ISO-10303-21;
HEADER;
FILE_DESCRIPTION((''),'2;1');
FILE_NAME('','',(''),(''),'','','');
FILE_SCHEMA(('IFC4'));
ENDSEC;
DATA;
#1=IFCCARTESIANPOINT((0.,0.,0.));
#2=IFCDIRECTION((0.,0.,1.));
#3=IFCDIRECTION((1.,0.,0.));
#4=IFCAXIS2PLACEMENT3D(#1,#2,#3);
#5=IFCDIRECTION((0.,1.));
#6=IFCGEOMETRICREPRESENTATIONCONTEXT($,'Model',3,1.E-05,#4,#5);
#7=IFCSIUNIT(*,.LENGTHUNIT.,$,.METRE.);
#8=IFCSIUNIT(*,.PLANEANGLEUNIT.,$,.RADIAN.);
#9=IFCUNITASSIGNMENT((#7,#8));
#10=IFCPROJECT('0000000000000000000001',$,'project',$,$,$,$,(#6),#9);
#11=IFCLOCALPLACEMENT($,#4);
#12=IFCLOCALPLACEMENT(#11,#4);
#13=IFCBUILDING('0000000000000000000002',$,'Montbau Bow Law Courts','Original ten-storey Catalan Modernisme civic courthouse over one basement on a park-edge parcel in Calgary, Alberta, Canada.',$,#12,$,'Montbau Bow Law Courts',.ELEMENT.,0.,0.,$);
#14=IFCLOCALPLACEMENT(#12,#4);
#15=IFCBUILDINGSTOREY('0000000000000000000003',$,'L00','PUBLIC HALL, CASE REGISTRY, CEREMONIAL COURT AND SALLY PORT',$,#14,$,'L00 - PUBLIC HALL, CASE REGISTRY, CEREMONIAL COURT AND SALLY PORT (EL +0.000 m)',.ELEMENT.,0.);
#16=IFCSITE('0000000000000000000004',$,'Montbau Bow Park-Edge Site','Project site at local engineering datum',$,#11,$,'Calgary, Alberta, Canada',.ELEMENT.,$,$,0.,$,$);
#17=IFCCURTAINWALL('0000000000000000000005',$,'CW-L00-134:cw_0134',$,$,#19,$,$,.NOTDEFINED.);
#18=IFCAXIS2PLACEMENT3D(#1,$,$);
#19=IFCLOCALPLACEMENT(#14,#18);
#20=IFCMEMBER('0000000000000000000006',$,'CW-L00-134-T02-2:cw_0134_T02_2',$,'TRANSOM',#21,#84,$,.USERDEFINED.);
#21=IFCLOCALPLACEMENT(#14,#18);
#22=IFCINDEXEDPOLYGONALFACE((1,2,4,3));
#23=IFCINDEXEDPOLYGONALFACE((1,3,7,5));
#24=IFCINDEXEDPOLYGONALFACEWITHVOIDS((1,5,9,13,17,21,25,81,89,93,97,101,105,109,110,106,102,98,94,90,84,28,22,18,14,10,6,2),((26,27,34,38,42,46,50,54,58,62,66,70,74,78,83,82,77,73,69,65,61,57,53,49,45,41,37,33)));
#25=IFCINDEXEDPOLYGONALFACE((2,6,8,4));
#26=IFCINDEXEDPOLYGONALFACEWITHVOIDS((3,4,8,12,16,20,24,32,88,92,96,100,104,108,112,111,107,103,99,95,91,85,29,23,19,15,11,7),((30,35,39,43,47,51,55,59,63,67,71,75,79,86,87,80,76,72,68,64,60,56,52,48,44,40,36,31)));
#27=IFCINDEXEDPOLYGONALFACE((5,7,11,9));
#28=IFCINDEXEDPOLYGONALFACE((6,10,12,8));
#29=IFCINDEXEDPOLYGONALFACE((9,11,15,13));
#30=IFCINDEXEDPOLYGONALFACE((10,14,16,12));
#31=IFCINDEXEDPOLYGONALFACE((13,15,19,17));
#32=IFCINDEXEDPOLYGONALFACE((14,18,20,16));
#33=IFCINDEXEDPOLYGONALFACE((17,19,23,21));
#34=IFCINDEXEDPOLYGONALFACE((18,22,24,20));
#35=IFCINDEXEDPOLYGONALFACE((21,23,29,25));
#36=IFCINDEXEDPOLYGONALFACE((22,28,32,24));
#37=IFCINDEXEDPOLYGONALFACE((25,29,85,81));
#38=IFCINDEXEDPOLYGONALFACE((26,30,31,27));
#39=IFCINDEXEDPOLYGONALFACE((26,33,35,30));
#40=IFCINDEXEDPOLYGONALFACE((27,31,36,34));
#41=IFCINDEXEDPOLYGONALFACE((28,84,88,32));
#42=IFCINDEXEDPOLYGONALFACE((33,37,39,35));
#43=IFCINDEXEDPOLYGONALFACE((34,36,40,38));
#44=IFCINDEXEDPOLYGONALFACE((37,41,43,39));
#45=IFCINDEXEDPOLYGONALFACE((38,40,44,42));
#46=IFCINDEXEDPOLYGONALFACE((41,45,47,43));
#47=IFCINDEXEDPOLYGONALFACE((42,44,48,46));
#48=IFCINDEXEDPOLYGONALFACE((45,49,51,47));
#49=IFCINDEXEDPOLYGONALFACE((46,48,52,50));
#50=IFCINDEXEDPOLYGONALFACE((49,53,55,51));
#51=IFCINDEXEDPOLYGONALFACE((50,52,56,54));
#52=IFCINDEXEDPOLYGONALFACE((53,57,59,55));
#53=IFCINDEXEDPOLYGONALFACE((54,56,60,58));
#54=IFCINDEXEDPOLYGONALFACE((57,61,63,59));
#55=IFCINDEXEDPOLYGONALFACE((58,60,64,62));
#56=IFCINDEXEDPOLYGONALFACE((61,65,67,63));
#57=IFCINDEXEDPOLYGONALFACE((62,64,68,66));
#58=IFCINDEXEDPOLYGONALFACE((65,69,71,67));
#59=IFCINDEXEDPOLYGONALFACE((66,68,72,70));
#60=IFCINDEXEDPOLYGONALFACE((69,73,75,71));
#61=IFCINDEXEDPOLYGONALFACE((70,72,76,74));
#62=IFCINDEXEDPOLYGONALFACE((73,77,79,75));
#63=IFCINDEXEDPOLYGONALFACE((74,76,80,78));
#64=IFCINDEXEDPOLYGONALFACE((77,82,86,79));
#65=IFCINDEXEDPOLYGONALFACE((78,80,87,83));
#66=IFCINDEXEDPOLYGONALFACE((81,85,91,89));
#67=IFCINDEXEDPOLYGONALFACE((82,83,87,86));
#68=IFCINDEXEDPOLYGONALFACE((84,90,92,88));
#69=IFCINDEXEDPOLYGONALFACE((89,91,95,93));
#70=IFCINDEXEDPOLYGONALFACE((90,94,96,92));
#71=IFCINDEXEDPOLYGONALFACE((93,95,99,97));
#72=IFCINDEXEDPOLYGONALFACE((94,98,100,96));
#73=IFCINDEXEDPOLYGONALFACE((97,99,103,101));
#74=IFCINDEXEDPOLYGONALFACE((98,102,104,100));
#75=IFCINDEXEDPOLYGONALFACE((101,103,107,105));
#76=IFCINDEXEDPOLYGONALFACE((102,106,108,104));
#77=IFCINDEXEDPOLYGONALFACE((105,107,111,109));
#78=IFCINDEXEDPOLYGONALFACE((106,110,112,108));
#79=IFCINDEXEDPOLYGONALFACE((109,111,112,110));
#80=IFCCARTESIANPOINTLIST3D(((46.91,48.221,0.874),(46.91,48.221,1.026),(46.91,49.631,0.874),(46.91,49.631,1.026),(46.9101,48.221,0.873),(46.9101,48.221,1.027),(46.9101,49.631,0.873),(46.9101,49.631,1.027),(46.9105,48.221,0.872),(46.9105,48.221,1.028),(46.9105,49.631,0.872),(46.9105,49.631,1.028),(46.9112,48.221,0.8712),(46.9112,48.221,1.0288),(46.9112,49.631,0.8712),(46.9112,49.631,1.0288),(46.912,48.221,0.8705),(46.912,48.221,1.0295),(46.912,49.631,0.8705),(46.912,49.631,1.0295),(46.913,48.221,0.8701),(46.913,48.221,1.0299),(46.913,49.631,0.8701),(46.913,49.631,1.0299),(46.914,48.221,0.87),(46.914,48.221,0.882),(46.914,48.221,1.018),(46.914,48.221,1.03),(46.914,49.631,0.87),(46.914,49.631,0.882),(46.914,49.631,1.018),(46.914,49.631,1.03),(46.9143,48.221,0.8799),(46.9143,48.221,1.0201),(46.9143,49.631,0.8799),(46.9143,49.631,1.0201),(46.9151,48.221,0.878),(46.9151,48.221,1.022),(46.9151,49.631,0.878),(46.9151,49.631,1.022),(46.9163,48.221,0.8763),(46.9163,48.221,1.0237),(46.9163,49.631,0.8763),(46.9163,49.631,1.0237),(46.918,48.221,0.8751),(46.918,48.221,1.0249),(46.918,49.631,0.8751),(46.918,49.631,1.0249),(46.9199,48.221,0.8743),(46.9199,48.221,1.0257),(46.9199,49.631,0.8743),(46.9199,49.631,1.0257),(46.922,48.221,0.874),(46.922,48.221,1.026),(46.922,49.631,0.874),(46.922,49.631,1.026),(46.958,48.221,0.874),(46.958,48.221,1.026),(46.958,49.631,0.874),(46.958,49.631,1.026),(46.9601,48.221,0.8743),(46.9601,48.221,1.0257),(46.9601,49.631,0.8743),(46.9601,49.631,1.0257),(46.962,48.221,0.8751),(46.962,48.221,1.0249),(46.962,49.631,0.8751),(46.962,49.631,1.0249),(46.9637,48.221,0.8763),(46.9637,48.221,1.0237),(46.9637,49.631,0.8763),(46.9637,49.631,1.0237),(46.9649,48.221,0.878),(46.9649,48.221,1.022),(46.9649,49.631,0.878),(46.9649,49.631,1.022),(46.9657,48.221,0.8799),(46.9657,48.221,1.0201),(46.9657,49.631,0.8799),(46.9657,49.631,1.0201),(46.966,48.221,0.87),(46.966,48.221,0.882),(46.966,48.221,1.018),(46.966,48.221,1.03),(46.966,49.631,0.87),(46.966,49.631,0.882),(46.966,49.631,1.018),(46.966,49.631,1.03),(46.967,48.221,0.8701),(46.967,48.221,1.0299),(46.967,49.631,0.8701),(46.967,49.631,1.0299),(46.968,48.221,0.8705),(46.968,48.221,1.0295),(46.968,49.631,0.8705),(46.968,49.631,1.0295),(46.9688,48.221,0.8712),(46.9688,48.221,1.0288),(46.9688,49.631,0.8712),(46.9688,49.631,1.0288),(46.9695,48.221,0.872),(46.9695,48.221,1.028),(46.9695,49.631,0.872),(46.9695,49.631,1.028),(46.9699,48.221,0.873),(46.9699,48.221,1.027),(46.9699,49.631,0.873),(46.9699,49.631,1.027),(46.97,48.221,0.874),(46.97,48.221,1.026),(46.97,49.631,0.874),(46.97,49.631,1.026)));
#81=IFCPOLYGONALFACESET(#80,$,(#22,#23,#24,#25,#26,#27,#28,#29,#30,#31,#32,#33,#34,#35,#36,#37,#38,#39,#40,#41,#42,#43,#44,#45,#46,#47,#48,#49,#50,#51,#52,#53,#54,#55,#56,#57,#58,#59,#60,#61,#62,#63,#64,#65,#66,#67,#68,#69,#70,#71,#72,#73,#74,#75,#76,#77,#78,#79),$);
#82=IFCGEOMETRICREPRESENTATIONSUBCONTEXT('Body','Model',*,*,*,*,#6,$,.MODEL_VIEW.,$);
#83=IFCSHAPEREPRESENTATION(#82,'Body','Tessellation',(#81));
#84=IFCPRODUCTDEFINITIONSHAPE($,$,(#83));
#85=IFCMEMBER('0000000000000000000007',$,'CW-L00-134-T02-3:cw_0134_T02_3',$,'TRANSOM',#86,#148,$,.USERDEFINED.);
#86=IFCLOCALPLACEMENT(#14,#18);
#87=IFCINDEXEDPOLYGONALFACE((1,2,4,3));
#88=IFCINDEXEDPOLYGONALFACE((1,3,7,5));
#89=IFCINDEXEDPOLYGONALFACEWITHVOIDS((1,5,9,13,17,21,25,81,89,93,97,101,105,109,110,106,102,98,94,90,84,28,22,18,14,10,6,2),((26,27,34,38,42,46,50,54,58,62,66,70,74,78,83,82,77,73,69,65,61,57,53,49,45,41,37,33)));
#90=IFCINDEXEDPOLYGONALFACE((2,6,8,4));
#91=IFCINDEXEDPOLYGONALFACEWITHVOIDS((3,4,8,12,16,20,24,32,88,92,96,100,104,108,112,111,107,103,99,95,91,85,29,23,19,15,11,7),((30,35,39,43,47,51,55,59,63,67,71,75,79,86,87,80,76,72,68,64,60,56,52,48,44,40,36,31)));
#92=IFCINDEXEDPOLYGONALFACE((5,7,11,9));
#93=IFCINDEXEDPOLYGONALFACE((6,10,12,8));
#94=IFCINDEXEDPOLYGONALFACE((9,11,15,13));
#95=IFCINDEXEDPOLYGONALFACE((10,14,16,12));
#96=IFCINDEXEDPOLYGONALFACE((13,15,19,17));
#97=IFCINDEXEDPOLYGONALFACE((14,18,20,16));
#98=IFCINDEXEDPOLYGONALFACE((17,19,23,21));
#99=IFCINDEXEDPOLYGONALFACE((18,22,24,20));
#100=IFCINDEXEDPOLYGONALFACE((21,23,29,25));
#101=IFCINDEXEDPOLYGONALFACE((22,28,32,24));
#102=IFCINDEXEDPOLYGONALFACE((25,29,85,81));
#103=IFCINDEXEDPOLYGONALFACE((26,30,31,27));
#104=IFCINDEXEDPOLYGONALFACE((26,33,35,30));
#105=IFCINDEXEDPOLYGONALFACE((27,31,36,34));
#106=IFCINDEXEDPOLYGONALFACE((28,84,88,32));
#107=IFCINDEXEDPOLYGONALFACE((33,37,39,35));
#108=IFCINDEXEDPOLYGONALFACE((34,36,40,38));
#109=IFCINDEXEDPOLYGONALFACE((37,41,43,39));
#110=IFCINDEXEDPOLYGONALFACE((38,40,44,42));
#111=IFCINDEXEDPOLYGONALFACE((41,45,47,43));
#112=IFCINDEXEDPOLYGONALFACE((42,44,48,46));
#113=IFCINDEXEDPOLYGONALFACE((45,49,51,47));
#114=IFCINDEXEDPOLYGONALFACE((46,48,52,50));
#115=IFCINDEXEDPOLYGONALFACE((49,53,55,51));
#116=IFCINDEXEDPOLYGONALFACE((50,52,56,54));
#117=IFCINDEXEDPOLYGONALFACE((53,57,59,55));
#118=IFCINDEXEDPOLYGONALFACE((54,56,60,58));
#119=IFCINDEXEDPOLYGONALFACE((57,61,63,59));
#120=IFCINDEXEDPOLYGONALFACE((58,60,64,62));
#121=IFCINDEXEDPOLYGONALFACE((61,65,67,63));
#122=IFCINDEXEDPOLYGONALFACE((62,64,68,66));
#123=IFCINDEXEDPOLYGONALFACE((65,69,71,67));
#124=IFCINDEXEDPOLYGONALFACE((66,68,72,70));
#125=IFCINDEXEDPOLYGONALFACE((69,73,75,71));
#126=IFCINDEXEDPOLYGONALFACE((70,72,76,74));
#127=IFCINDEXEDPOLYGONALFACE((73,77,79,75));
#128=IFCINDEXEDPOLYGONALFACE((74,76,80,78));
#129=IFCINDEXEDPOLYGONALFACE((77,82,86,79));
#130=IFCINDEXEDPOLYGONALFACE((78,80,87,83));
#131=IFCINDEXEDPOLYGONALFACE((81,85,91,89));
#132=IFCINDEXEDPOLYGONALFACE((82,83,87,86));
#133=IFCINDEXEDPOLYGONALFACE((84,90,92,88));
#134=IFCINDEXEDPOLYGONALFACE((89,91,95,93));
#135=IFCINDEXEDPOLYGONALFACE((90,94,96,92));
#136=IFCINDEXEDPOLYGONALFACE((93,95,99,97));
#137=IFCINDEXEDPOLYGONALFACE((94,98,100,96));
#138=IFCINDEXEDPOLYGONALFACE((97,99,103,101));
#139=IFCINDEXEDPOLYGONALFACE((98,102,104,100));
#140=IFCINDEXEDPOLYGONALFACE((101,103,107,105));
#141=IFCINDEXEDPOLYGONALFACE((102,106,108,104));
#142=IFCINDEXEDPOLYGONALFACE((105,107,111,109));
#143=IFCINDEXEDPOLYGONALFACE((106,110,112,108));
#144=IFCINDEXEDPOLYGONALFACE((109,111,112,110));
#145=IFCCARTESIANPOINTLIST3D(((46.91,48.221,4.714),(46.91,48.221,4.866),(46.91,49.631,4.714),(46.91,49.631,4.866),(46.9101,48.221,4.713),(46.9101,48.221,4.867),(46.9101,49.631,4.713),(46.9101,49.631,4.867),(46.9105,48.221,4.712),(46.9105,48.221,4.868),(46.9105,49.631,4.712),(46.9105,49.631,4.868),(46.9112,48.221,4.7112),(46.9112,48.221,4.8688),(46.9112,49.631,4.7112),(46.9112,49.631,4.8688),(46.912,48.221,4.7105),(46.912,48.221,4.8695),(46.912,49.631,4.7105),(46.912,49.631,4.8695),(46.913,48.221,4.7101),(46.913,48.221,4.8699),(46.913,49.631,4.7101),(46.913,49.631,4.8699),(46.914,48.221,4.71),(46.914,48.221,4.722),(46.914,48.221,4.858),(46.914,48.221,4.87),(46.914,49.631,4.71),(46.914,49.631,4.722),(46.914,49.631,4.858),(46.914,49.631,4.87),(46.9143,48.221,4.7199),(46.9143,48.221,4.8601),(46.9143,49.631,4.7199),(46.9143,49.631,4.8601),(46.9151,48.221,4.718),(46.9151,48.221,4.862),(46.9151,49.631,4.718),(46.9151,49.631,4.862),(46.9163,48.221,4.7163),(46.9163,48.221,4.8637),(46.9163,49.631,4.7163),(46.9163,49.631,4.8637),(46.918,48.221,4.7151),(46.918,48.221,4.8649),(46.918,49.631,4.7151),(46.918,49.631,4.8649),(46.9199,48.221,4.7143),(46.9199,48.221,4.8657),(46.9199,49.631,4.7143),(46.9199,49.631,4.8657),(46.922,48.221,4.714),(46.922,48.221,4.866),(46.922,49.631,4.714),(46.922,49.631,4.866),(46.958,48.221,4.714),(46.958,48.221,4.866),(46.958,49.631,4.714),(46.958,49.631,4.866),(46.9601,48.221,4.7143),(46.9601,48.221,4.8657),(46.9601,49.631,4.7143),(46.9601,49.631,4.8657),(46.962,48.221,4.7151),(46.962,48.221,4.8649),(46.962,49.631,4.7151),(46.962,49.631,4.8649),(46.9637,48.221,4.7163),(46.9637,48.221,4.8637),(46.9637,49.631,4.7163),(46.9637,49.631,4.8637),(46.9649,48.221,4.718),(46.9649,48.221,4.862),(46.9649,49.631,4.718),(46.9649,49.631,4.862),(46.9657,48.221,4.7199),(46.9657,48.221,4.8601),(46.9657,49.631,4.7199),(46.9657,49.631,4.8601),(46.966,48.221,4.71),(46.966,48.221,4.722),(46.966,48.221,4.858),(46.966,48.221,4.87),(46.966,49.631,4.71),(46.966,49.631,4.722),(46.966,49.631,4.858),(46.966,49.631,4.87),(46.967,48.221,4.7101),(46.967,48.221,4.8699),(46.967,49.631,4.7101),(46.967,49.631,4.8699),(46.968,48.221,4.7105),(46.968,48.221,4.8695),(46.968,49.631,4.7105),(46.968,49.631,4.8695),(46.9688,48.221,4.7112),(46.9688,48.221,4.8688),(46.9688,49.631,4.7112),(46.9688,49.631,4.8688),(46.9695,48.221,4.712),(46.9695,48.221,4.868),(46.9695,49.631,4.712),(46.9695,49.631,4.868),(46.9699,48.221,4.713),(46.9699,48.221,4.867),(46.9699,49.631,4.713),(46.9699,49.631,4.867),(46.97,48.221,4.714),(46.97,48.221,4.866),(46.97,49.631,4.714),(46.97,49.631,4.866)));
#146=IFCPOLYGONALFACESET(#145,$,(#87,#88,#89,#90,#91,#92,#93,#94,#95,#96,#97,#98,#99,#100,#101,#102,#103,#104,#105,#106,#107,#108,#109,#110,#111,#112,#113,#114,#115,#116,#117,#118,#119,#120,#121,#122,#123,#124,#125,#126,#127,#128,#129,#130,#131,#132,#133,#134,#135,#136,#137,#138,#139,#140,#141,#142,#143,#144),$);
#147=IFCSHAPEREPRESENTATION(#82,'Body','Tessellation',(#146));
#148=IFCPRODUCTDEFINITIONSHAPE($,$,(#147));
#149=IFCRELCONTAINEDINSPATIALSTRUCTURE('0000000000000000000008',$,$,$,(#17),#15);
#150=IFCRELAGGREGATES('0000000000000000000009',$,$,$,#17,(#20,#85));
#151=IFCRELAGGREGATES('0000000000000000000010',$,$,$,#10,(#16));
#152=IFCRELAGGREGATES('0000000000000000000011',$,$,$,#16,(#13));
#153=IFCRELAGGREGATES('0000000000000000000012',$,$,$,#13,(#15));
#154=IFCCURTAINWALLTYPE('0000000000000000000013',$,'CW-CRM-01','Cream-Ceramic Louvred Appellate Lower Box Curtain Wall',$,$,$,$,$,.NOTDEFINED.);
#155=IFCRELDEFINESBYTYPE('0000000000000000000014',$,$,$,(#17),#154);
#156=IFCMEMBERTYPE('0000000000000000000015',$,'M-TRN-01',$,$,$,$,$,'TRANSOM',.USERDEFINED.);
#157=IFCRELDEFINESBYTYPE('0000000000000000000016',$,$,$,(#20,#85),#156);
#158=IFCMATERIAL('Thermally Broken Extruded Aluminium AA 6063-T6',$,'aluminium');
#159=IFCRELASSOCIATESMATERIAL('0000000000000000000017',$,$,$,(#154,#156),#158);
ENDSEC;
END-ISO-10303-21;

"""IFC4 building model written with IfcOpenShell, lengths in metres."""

from ifc_helpers import new_model, si_unit, direction, frame, origin_with_axes, origin_2d_with_axis, place, context, subcontext, project, spatial, hollow_rectangle, extrude, material, material_profile, profile_set, type_object, element, aggregate, save


model = new_model("IFC4")

# Units and contexts
model_context = context("Model", 3, precision=1e-05, world=origin_with_axes(), true_north=direction((0.0, 1.0)))
body_context = subcontext(model_context, "Body", "Model", "MODEL_VIEW")
ifc_project = project(units=[si_unit("LENGTHUNIT", "METRE"), si_unit("PLANEANGLEUNIT", "RADIAN")], contexts=[model_context])

# Site, building, storey
site_placement = place(None, origin_with_axes())
site = spatial("IfcSite", under=ifc_project, at=site_placement, Name="Montbau Bow Park-Edge Site", Description="Project site at local engineering datum", LongName="Calgary, Alberta, Canada", CompositionType="ELEMENT", RefElevation=0.0)
building_placement = place(site_placement, origin_with_axes())
building = spatial("IfcBuilding", under=site, at=building_placement, Name="Montbau Bow Law Courts", Description="Original ten-storey Catalan Modernisme civic courthouse over one basement on a park-edge parcel in Calgary, Alberta, Canada.", LongName="Montbau Bow Law Courts", CompositionType="ELEMENT", ElevationOfRefHeight=0.0, ElevationOfTerrain=0.0)
storey_placement = place(building_placement, origin_with_axes())
storey = spatial("IfcBuildingStorey", under=building, at=storey_placement, Name="L00", Description="PUBLIC HALL, CASE REGISTRY, CEREMONIAL COURT AND SALLY PORT", LongName="L00 - PUBLIC HALL, CASE REGISTRY, CEREMONIAL COURT AND SALLY PORT (EL +0.000 m)", CompositionType="ELEMENT", Elevation=0.0)

# Curtain wall, members
ifc_material_1 = material(Name="Thermally Broken Extruded Aluminium AA 6063-T6", Category="aluminium")
curtain_wall_type_1 = type_object("IfcCurtainWallType", Name="CW-CRM-01", Description="Cream-Ceramic Louvred Appellate Lower Box Curtain Wall", PredefinedType="NOTDEFINED", material=ifc_material_1)
curtain_wall_1_placement = place(None, frame((46.94, 46.715, 0.0), z_axis=(0.0, 0.0, 1.0), x_axis=(1.0, 0.0, 0.0)))
curtain_wall_1 = element("IfcCurtainWall", 1, at=curtain_wall_1_placement, inside=storey, type_object=curtain_wall_type_1, Name="CW-L00-134:cw_0134", PredefinedType="NOTDEFINED")
ifc_material_profile_1 = material_profile(ifc_material_1, hollow_rectangle(XDim=0.06, YDim=0.16, WallThickness=0.004, InnerFilletRadius=0.008, OuterFilletRadius=0.004, at=origin_2d_with_axis()), Name="CWT-160X60", Category="Main", Priority=0)
ifc_profile_set_1 = profile_set([ifc_material_profile_1], Name="Thermally Broken Extruded Aluminium AA 6063-T6")
member_type_1 = type_object("IfcMemberType", Name="M-TRN-01", ElementType="TRANSOM", PredefinedType="USERDEFINED", material=ifc_profile_set_1)
member_1_placement = place(None, frame((46.94, 48.221, 0.95), z_axis=(0.0, 1.0, 0.0), x_axis=(-1.0, 0.0, 0.0)))
member_1 = element("IfcMember", 2, at=member_1_placement, type_object=member_type_1, Name="CW-L00-134-T02-2:cw_0134_T02_2", ObjectType="TRANSOM", PredefinedType="USERDEFINED", context=body_context, shape_type="SweptSolid", body=[
    extrude(hollow_rectangle(XDim=0.06, YDim=0.16, WallThickness=0.004, InnerFilletRadius=0.008, OuterFilletRadius=0.004, at=origin_2d_with_axis()), origin_with_axes(), (0.0, 0.0, 1.0), 1.41),
])
member_2_placement = place(None, frame((46.94, 48.221, 4.79), z_axis=(0.0, 1.0, 0.0), x_axis=(-1.0, 0.0, 0.0)))
member_2 = element("IfcMember", 3, at=member_2_placement, type_object=member_type_1, Name="CW-L00-134-T02-3:cw_0134_T02_3", ObjectType="TRANSOM", PredefinedType="USERDEFINED", context=body_context, shape_type="SweptSolid", body=[
    extrude(hollow_rectangle(XDim=0.06, YDim=0.16, WallThickness=0.004, InnerFilletRadius=0.008, OuterFilletRadius=0.004, at=origin_2d_with_axis()), origin_with_axes(), (0.0, 0.0, 1.0), 1.41),
])

aggregate(curtain_wall_1, [member_1, member_2])

save(model, "model.ifc")
